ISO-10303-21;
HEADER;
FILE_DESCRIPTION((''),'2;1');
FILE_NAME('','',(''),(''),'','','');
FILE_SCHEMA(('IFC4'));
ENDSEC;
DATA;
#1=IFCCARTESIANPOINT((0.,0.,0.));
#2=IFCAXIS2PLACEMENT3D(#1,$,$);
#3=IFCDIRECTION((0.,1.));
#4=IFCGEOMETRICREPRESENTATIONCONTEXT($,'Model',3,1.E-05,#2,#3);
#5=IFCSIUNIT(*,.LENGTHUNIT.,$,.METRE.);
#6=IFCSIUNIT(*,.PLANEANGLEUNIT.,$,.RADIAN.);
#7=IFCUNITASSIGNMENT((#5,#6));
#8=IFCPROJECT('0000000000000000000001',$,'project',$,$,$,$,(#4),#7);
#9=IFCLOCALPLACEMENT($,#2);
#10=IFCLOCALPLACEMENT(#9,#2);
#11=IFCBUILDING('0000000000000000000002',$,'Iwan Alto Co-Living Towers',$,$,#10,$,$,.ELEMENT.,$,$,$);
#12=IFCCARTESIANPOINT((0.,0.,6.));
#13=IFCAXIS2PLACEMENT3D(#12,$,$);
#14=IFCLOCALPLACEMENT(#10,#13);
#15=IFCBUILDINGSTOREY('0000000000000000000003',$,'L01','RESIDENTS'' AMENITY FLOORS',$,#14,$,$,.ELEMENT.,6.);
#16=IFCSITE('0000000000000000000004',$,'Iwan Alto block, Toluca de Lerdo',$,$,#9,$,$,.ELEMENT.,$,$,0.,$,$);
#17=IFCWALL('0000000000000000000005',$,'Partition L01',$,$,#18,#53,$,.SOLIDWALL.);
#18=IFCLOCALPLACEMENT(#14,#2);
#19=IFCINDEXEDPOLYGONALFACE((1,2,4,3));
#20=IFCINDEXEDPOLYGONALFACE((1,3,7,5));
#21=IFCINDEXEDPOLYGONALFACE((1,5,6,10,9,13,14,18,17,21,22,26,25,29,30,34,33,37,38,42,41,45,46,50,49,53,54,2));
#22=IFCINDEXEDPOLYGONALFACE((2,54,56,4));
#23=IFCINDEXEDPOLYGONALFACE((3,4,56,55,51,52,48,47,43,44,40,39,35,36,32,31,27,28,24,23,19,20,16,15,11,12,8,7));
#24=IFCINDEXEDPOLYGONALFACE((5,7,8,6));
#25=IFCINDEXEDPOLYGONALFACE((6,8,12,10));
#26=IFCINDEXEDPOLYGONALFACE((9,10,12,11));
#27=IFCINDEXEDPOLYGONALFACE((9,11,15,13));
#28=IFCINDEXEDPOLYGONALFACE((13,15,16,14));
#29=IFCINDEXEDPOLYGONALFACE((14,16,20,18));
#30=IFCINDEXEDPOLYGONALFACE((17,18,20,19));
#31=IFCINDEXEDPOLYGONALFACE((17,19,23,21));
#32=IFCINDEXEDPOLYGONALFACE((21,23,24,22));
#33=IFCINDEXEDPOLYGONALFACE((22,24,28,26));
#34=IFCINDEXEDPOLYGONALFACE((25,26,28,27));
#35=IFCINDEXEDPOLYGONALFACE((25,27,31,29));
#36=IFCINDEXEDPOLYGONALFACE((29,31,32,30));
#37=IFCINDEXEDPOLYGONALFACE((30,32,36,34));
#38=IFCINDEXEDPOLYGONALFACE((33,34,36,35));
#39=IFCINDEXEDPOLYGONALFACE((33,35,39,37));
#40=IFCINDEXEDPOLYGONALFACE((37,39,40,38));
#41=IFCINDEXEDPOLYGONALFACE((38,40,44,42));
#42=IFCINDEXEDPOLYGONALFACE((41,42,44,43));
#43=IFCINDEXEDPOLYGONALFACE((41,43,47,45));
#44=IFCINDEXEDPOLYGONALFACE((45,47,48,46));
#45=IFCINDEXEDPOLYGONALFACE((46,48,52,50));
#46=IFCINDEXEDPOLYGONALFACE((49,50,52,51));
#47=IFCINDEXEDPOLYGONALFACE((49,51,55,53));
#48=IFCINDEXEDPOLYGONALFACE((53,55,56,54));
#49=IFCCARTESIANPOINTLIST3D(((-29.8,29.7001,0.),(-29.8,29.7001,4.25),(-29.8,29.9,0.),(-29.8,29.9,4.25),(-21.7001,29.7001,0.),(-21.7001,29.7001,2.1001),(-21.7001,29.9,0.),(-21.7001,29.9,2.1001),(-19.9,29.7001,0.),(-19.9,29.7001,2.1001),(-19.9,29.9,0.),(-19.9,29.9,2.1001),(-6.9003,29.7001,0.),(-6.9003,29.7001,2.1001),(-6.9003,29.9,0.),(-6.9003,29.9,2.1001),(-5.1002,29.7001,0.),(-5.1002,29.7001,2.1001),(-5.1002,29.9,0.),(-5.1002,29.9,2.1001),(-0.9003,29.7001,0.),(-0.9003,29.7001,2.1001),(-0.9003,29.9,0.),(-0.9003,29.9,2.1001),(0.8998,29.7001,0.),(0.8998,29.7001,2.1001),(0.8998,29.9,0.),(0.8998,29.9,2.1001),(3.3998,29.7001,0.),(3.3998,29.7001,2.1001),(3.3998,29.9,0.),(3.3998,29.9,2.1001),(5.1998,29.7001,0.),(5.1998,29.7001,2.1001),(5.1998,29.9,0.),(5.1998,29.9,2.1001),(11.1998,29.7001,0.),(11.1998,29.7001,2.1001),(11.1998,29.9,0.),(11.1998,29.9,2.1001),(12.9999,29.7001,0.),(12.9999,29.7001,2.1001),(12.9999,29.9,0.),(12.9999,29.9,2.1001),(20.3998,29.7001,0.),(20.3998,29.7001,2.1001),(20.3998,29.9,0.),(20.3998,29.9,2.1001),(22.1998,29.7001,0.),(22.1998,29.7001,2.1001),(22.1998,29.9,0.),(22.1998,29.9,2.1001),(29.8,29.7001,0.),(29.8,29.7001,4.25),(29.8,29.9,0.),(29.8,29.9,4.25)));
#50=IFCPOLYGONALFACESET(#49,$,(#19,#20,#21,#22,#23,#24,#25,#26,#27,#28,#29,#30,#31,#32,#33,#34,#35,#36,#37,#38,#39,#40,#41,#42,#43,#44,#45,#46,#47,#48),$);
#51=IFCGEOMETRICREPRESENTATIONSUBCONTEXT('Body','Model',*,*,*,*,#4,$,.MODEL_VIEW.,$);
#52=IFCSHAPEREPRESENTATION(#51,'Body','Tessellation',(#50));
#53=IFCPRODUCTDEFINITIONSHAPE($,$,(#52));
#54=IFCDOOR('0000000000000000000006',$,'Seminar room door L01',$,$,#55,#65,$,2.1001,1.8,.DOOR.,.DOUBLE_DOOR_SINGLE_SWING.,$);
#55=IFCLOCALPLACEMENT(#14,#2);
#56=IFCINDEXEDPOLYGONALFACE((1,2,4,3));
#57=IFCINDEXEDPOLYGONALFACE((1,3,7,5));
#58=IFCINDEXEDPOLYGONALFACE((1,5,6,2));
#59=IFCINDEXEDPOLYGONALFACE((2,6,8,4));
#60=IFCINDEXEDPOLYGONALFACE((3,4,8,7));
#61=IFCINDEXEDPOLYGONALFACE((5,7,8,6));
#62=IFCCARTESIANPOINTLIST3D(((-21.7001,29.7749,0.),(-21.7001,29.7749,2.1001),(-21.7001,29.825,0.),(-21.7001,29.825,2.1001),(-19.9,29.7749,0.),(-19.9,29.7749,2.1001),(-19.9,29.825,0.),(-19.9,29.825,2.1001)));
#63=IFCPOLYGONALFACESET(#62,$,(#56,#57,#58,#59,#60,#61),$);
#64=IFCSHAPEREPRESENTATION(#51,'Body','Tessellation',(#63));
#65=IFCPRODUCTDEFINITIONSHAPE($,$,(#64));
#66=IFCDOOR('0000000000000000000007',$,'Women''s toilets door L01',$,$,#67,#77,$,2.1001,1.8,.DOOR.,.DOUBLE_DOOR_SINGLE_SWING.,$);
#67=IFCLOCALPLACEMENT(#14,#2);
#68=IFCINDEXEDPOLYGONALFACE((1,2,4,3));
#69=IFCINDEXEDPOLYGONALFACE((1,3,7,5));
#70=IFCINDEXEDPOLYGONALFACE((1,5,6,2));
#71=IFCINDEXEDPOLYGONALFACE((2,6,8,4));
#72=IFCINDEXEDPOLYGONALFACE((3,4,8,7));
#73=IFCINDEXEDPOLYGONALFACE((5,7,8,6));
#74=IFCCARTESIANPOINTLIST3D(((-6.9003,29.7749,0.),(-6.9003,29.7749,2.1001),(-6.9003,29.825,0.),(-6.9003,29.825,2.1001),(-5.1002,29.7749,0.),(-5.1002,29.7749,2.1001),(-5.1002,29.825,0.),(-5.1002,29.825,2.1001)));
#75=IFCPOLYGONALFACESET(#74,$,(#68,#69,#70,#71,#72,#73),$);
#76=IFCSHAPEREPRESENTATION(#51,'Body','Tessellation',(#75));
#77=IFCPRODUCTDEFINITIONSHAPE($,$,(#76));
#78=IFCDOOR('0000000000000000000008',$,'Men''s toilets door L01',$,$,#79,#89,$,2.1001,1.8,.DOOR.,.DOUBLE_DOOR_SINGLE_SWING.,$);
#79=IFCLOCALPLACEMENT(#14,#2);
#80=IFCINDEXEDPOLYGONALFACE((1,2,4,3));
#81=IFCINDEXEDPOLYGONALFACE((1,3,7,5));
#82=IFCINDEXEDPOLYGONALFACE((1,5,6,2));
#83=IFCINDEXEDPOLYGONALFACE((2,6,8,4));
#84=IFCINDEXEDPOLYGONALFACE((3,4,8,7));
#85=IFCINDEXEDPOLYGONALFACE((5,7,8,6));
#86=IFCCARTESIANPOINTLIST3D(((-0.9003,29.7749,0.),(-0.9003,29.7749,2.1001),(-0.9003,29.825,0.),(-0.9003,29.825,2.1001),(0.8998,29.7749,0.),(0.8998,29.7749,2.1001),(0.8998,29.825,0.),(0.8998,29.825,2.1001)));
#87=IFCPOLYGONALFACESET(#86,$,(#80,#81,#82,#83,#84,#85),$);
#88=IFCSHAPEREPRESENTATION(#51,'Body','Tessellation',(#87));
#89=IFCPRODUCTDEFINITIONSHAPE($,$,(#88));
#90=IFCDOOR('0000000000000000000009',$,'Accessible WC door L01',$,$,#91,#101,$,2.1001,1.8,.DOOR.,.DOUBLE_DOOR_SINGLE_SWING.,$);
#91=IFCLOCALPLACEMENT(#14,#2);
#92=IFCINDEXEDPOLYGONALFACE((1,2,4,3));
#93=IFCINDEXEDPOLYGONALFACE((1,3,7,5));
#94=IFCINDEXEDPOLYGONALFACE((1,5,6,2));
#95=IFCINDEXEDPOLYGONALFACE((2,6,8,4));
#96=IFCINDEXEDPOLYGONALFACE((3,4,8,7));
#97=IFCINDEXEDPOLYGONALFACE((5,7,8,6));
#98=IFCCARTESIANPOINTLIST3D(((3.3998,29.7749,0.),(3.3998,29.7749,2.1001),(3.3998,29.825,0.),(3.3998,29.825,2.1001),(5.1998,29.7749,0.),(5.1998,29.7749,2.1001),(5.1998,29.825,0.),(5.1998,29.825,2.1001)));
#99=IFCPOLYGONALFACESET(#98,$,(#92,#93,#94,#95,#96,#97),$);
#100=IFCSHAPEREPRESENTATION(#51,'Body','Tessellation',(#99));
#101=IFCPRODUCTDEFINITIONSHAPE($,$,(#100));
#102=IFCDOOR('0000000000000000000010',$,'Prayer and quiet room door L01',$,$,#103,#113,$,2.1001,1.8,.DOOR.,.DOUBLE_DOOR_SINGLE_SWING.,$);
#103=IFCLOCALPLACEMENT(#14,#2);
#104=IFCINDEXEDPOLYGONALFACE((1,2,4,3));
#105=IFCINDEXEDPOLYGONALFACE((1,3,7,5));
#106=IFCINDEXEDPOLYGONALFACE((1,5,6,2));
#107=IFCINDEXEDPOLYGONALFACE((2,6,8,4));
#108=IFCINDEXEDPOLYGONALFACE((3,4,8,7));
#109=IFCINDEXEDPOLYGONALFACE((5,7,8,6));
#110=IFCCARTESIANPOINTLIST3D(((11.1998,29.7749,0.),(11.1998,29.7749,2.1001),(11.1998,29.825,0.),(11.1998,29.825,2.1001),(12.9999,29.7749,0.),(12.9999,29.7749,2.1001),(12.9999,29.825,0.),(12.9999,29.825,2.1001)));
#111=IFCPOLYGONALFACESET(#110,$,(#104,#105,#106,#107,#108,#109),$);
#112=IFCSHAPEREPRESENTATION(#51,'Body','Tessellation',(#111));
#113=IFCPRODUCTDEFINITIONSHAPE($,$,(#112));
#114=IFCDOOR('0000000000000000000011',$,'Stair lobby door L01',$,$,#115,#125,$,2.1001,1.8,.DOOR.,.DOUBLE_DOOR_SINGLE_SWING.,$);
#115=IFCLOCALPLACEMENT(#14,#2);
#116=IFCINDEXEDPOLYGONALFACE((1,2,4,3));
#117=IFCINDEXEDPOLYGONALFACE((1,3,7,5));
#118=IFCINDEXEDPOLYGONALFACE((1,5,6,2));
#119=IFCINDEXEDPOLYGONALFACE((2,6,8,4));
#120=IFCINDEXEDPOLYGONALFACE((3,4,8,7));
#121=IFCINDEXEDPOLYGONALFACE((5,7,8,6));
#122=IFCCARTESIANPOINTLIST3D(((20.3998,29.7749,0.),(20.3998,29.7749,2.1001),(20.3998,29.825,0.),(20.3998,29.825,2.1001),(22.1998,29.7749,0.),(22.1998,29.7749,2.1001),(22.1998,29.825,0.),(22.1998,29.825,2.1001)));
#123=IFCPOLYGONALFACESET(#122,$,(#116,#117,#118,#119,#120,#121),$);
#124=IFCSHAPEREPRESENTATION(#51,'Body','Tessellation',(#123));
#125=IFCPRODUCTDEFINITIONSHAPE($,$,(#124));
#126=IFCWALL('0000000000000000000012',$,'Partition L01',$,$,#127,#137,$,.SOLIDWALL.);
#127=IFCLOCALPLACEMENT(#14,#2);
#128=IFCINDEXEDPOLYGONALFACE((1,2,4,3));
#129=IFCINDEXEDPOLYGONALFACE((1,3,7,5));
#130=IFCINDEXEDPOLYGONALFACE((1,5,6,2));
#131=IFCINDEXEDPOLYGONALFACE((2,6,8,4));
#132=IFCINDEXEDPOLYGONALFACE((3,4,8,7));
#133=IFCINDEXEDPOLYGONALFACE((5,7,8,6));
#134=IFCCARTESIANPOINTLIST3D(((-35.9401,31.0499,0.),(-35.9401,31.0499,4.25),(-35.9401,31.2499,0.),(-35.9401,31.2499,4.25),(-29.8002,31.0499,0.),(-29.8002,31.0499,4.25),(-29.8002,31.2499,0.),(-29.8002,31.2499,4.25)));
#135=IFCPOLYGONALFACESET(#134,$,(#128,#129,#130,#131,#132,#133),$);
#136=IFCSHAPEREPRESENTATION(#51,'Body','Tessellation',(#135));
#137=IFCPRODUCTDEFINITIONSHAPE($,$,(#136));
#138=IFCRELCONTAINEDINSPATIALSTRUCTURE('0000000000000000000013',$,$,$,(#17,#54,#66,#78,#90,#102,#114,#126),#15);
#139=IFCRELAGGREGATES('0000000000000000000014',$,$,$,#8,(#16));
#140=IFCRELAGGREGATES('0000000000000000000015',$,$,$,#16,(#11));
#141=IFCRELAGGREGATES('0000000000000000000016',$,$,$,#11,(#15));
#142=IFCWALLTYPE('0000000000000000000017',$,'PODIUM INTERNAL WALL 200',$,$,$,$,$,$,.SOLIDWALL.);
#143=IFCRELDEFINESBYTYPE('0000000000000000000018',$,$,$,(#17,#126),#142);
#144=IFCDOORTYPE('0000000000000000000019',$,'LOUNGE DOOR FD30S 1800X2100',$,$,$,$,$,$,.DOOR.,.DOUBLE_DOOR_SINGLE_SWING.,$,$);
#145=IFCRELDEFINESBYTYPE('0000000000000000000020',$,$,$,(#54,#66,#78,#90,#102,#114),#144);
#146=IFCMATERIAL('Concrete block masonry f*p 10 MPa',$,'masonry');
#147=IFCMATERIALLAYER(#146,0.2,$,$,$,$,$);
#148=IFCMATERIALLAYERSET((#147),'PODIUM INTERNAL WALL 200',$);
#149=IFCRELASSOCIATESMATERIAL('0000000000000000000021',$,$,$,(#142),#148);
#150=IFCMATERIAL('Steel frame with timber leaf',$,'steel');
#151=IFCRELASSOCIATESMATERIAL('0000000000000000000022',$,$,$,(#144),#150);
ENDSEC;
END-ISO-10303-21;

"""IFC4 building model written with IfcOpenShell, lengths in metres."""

from ifc_helpers import new_model, si_unit, direction, frame, frame_2d, origin, place, context, subcontext, project, spatial, rectangle, extrude, material, layer, layer_set, type_object, element, fill, save


model = new_model("IFC4")

# Units and contexts
model_context = context("Model", 3, precision=1e-05, world=origin(), true_north=direction((0.0, 1.0)))
body_context = subcontext(model_context, "Body", "Model", "MODEL_VIEW")
ifc_project = project(units=[si_unit("LENGTHUNIT", "METRE"), si_unit("PLANEANGLEUNIT", "RADIAN")], contexts=[model_context])

# Site, building, storey
site_placement = place(None, origin())
site = spatial("IfcSite", under=ifc_project, at=site_placement, Name="Iwan Alto block, Toluca de Lerdo", CompositionType="ELEMENT", RefElevation=0.0)
building_placement = place(site_placement, origin())
building = spatial("IfcBuilding", under=site, at=building_placement, Name="Iwan Alto Co-Living Towers", CompositionType="ELEMENT")
storey_placement = place(building_placement, frame((0.0, 0.0, 6.0)))
storey = spatial("IfcBuildingStorey", under=building, at=storey_placement, Name="L01", Description="RESIDENTS' AMENITY FLOORS", CompositionType="ELEMENT", Elevation=6.0)

# Wall, openings, doors
ifc_material_1 = material(Name="Concrete block masonry f*p 10 MPa", Category="masonry")
ifc_layer = layer(ifc_material_1, 0.2)
ifc_layer_set = layer_set([ifc_layer], Name="PODIUM INTERNAL WALL 200")
wall_type = type_object("IfcWallType", Name="PODIUM INTERNAL WALL 200", PredefinedType="SOLIDWALL", material=ifc_layer_set)
wall_1_placement = place(storey_placement, frame((-29.8, 29.8, 0.0), z_axis=(0.0, 0.0, 1.0), x_axis=(1.0, 0.0, 0.0)))
wall_1 = element("IfcWall", 1, at=wall_1_placement, inside=storey, type_object=wall_type, Name="Partition L01", PredefinedType="SOLIDWALL", context=body_context, shape_type="SweptSolid", body=[
    extrude(rectangle(XDim=59.6001, YDim=0.2, at=frame_2d((29.8, 0.0))), origin(), (0.0, 0.0, 1.0), 4.25),
])
opening_1_placement = place(wall_1_placement, frame((8.1001, 0.0, 0.0)))
opening_1 = element("IfcOpeningElement", 2, at=opening_1_placement, cuts=wall_1, PredefinedType="OPENING", context=body_context, shape_type="SweptSolid", body=[
    extrude(rectangle(XDim=1.8, YDim=2.1001, at=frame_2d((0.8999, 1.05))), frame((0.0, 0.1099, 0.0), z_axis=(0.0, -1.0, 0.0), x_axis=(1.0, 0.0, 0.0)), (0.0, 0.0, 1.0), 0.22),
])
opening_2_placement = place(wall_1_placement, frame((22.8999, 0.0, 0.0)))
opening_2 = element("IfcOpeningElement", 3, at=opening_2_placement, cuts=wall_1, PredefinedType="OPENING", context=body_context, shape_type="SweptSolid", body=[
    extrude(rectangle(XDim=1.8, YDim=2.1001, at=frame_2d((0.8999, 1.05))), frame((0.0, 0.1099, 0.0), z_axis=(0.0, -1.0, 0.0), x_axis=(1.0, 0.0, 0.0)), (0.0, 0.0, 1.0), 0.22),
])
opening_3_placement = place(wall_1_placement, frame((28.8999, 0.0, 0.0)))
opening_3 = element("IfcOpeningElement", 4, at=opening_3_placement, cuts=wall_1, PredefinedType="OPENING", context=body_context, shape_type="SweptSolid", body=[
    extrude(rectangle(XDim=1.8, YDim=2.1001, at=frame_2d((0.8999, 1.05))), frame((0.0, 0.1099, 0.0), z_axis=(0.0, -1.0, 0.0), x_axis=(1.0, 0.0, 0.0)), (0.0, 0.0, 1.0), 0.22),
])
opening_4_placement = place(wall_1_placement, frame((33.2, 0.0, 0.0)))
opening_4 = element("IfcOpeningElement", 5, at=opening_4_placement, cuts=wall_1, PredefinedType="OPENING", context=body_context, shape_type="SweptSolid", body=[
    extrude(rectangle(XDim=1.8, YDim=2.1001, at=frame_2d((0.8999, 1.05))), frame((0.0, 0.1099, 0.0), z_axis=(0.0, -1.0, 0.0), x_axis=(1.0, 0.0, 0.0)), (0.0, 0.0, 1.0), 0.22),
])
opening_5_placement = place(wall_1_placement, frame((41.0, 0.0, 0.0)))
opening_5 = element("IfcOpeningElement", 6, at=opening_5_placement, cuts=wall_1, PredefinedType="OPENING", context=body_context, shape_type="SweptSolid", body=[
    extrude(rectangle(XDim=1.8, YDim=2.1001, at=frame_2d((0.8999, 1.05))), frame((0.0, 0.1099, 0.0), z_axis=(0.0, -1.0, 0.0), x_axis=(1.0, 0.0, 0.0)), (0.0, 0.0, 1.0), 0.22),
])
opening_6_placement = place(wall_1_placement, frame((50.2, 0.0, 0.0)))
opening_6 = element("IfcOpeningElement", 7, at=opening_6_placement, cuts=wall_1, PredefinedType="OPENING", context=body_context, shape_type="SweptSolid", body=[
    extrude(rectangle(XDim=1.8, YDim=2.1001, at=frame_2d((0.8999, 1.05))), frame((0.0, 0.1099, 0.0), z_axis=(0.0, -1.0, 0.0), x_axis=(1.0, 0.0, 0.0)), (0.0, 0.0, 1.0), 0.22),
])
ifc_material_2 = material(Name="Steel frame with timber leaf", Category="steel")
door_type = type_object("IfcDoorType", Name="LOUNGE DOOR FD30S 1800X2100", OperationType="DOUBLE_DOOR_SINGLE_SWING", PredefinedType="DOOR", material=ifc_material_2)
door_1_placement = place(opening_1_placement, origin())
door_1 = element("IfcDoor", 8, at=door_1_placement, inside=storey, type_object=door_type, Name="Seminar room door L01", OperationType="DOUBLE_DOOR_SINGLE_SWING", OverallHeight=2.1001, OverallWidth=1.8, PredefinedType="DOOR", context=body_context, shape_type="SweptSolid", body=[
    extrude(rectangle(XDim=1.8, YDim=2.1001, at=frame_2d((0.8999, 1.05))), frame((0.0, 0.0249, 0.0), z_axis=(0.0, -1.0, 0.0), x_axis=(1.0, 0.0, 0.0)), (0.0, 0.0, 1.0), 0.05),
])
fill(opening_1, door_1)
door_2_placement = place(opening_2_placement, origin())
door_2 = element("IfcDoor", 9, at=door_2_placement, inside=storey, type_object=door_type, Name="Women's toilets door L01", OperationType="DOUBLE_DOOR_SINGLE_SWING", OverallHeight=2.1001, OverallWidth=1.8, PredefinedType="DOOR", context=body_context, shape_type="SweptSolid", body=[
    extrude(rectangle(XDim=1.8, YDim=2.1001, at=frame_2d((0.8999, 1.05))), frame((0.0, 0.0249, 0.0), z_axis=(0.0, -1.0, 0.0), x_axis=(1.0, 0.0, 0.0)), (0.0, 0.0, 1.0), 0.05),
])
fill(opening_2, door_2)
door_3_placement = place(opening_3_placement, origin())
door_3 = element("IfcDoor", 10, at=door_3_placement, inside=storey, type_object=door_type, Name="Men's toilets door L01", OperationType="DOUBLE_DOOR_SINGLE_SWING", OverallHeight=2.1001, OverallWidth=1.8, PredefinedType="DOOR", context=body_context, shape_type="SweptSolid", body=[
    extrude(rectangle(XDim=1.8, YDim=2.1001, at=frame_2d((0.8999, 1.05))), frame((0.0, 0.0249, 0.0), z_axis=(0.0, -1.0, 0.0), x_axis=(1.0, 0.0, 0.0)), (0.0, 0.0, 1.0), 0.05),
])
fill(opening_3, door_3)
door_4_placement = place(opening_4_placement, origin())
door_4 = element("IfcDoor", 11, at=door_4_placement, inside=storey, type_object=door_type, Name="Accessible WC door L01", OperationType="DOUBLE_DOOR_SINGLE_SWING", OverallHeight=2.1001, OverallWidth=1.8, PredefinedType="DOOR", context=body_context, shape_type="SweptSolid", body=[
    extrude(rectangle(XDim=1.8, YDim=2.1001, at=frame_2d((0.8999, 1.05))), frame((0.0, 0.0249, 0.0), z_axis=(0.0, -1.0, 0.0), x_axis=(1.0, 0.0, 0.0)), (0.0, 0.0, 1.0), 0.05),
])
fill(opening_4, door_4)
door_5_placement = place(opening_5_placement, origin())
door_5 = element("IfcDoor", 12, at=door_5_placement, inside=storey, type_object=door_type, Name="Prayer and quiet room door L01", OperationType="DOUBLE_DOOR_SINGLE_SWING", OverallHeight=2.1001, OverallWidth=1.8, PredefinedType="DOOR", context=body_context, shape_type="SweptSolid", body=[
    extrude(rectangle(XDim=1.8, YDim=2.1001, at=frame_2d((0.8999, 1.05))), frame((0.0, 0.0249, 0.0), z_axis=(0.0, -1.0, 0.0), x_axis=(1.0, 0.0, 0.0)), (0.0, 0.0, 1.0), 0.05),
])
fill(opening_5, door_5)
door_6_placement = place(opening_6_placement, origin())
door_6 = element("IfcDoor", 13, at=door_6_placement, inside=storey, type_object=door_type, Name="Stair lobby door L01", OperationType="DOUBLE_DOOR_SINGLE_SWING", OverallHeight=2.1001, OverallWidth=1.8, PredefinedType="DOOR", context=body_context, shape_type="SweptSolid", body=[
    extrude(rectangle(XDim=1.8, YDim=2.1001, at=frame_2d((0.8999, 1.05))), frame((0.0, 0.0249, 0.0), z_axis=(0.0, -1.0, 0.0), x_axis=(1.0, 0.0, 0.0)), (0.0, 0.0, 1.0), 0.05),
])
fill(opening_6, door_6)

# Wall
wall_2_placement = place(storey_placement, frame((-35.9399, 31.1499, 0.0), z_axis=(0.0, 0.0, 1.0), x_axis=(1.0, 0.0, 0.0)))
element("IfcWall", 14, at=wall_2_placement, inside=storey, type_object=wall_type, Name="Partition L01", PredefinedType="SOLIDWALL", context=body_context, shape_type="SweptSolid", body=[
    extrude(rectangle(XDim=6.1399, YDim=0.2, at=frame_2d((3.0698, 0.0))), origin(), (0.0, 0.0, 1.0), 4.25),
])

save(model, "model.ifc")
